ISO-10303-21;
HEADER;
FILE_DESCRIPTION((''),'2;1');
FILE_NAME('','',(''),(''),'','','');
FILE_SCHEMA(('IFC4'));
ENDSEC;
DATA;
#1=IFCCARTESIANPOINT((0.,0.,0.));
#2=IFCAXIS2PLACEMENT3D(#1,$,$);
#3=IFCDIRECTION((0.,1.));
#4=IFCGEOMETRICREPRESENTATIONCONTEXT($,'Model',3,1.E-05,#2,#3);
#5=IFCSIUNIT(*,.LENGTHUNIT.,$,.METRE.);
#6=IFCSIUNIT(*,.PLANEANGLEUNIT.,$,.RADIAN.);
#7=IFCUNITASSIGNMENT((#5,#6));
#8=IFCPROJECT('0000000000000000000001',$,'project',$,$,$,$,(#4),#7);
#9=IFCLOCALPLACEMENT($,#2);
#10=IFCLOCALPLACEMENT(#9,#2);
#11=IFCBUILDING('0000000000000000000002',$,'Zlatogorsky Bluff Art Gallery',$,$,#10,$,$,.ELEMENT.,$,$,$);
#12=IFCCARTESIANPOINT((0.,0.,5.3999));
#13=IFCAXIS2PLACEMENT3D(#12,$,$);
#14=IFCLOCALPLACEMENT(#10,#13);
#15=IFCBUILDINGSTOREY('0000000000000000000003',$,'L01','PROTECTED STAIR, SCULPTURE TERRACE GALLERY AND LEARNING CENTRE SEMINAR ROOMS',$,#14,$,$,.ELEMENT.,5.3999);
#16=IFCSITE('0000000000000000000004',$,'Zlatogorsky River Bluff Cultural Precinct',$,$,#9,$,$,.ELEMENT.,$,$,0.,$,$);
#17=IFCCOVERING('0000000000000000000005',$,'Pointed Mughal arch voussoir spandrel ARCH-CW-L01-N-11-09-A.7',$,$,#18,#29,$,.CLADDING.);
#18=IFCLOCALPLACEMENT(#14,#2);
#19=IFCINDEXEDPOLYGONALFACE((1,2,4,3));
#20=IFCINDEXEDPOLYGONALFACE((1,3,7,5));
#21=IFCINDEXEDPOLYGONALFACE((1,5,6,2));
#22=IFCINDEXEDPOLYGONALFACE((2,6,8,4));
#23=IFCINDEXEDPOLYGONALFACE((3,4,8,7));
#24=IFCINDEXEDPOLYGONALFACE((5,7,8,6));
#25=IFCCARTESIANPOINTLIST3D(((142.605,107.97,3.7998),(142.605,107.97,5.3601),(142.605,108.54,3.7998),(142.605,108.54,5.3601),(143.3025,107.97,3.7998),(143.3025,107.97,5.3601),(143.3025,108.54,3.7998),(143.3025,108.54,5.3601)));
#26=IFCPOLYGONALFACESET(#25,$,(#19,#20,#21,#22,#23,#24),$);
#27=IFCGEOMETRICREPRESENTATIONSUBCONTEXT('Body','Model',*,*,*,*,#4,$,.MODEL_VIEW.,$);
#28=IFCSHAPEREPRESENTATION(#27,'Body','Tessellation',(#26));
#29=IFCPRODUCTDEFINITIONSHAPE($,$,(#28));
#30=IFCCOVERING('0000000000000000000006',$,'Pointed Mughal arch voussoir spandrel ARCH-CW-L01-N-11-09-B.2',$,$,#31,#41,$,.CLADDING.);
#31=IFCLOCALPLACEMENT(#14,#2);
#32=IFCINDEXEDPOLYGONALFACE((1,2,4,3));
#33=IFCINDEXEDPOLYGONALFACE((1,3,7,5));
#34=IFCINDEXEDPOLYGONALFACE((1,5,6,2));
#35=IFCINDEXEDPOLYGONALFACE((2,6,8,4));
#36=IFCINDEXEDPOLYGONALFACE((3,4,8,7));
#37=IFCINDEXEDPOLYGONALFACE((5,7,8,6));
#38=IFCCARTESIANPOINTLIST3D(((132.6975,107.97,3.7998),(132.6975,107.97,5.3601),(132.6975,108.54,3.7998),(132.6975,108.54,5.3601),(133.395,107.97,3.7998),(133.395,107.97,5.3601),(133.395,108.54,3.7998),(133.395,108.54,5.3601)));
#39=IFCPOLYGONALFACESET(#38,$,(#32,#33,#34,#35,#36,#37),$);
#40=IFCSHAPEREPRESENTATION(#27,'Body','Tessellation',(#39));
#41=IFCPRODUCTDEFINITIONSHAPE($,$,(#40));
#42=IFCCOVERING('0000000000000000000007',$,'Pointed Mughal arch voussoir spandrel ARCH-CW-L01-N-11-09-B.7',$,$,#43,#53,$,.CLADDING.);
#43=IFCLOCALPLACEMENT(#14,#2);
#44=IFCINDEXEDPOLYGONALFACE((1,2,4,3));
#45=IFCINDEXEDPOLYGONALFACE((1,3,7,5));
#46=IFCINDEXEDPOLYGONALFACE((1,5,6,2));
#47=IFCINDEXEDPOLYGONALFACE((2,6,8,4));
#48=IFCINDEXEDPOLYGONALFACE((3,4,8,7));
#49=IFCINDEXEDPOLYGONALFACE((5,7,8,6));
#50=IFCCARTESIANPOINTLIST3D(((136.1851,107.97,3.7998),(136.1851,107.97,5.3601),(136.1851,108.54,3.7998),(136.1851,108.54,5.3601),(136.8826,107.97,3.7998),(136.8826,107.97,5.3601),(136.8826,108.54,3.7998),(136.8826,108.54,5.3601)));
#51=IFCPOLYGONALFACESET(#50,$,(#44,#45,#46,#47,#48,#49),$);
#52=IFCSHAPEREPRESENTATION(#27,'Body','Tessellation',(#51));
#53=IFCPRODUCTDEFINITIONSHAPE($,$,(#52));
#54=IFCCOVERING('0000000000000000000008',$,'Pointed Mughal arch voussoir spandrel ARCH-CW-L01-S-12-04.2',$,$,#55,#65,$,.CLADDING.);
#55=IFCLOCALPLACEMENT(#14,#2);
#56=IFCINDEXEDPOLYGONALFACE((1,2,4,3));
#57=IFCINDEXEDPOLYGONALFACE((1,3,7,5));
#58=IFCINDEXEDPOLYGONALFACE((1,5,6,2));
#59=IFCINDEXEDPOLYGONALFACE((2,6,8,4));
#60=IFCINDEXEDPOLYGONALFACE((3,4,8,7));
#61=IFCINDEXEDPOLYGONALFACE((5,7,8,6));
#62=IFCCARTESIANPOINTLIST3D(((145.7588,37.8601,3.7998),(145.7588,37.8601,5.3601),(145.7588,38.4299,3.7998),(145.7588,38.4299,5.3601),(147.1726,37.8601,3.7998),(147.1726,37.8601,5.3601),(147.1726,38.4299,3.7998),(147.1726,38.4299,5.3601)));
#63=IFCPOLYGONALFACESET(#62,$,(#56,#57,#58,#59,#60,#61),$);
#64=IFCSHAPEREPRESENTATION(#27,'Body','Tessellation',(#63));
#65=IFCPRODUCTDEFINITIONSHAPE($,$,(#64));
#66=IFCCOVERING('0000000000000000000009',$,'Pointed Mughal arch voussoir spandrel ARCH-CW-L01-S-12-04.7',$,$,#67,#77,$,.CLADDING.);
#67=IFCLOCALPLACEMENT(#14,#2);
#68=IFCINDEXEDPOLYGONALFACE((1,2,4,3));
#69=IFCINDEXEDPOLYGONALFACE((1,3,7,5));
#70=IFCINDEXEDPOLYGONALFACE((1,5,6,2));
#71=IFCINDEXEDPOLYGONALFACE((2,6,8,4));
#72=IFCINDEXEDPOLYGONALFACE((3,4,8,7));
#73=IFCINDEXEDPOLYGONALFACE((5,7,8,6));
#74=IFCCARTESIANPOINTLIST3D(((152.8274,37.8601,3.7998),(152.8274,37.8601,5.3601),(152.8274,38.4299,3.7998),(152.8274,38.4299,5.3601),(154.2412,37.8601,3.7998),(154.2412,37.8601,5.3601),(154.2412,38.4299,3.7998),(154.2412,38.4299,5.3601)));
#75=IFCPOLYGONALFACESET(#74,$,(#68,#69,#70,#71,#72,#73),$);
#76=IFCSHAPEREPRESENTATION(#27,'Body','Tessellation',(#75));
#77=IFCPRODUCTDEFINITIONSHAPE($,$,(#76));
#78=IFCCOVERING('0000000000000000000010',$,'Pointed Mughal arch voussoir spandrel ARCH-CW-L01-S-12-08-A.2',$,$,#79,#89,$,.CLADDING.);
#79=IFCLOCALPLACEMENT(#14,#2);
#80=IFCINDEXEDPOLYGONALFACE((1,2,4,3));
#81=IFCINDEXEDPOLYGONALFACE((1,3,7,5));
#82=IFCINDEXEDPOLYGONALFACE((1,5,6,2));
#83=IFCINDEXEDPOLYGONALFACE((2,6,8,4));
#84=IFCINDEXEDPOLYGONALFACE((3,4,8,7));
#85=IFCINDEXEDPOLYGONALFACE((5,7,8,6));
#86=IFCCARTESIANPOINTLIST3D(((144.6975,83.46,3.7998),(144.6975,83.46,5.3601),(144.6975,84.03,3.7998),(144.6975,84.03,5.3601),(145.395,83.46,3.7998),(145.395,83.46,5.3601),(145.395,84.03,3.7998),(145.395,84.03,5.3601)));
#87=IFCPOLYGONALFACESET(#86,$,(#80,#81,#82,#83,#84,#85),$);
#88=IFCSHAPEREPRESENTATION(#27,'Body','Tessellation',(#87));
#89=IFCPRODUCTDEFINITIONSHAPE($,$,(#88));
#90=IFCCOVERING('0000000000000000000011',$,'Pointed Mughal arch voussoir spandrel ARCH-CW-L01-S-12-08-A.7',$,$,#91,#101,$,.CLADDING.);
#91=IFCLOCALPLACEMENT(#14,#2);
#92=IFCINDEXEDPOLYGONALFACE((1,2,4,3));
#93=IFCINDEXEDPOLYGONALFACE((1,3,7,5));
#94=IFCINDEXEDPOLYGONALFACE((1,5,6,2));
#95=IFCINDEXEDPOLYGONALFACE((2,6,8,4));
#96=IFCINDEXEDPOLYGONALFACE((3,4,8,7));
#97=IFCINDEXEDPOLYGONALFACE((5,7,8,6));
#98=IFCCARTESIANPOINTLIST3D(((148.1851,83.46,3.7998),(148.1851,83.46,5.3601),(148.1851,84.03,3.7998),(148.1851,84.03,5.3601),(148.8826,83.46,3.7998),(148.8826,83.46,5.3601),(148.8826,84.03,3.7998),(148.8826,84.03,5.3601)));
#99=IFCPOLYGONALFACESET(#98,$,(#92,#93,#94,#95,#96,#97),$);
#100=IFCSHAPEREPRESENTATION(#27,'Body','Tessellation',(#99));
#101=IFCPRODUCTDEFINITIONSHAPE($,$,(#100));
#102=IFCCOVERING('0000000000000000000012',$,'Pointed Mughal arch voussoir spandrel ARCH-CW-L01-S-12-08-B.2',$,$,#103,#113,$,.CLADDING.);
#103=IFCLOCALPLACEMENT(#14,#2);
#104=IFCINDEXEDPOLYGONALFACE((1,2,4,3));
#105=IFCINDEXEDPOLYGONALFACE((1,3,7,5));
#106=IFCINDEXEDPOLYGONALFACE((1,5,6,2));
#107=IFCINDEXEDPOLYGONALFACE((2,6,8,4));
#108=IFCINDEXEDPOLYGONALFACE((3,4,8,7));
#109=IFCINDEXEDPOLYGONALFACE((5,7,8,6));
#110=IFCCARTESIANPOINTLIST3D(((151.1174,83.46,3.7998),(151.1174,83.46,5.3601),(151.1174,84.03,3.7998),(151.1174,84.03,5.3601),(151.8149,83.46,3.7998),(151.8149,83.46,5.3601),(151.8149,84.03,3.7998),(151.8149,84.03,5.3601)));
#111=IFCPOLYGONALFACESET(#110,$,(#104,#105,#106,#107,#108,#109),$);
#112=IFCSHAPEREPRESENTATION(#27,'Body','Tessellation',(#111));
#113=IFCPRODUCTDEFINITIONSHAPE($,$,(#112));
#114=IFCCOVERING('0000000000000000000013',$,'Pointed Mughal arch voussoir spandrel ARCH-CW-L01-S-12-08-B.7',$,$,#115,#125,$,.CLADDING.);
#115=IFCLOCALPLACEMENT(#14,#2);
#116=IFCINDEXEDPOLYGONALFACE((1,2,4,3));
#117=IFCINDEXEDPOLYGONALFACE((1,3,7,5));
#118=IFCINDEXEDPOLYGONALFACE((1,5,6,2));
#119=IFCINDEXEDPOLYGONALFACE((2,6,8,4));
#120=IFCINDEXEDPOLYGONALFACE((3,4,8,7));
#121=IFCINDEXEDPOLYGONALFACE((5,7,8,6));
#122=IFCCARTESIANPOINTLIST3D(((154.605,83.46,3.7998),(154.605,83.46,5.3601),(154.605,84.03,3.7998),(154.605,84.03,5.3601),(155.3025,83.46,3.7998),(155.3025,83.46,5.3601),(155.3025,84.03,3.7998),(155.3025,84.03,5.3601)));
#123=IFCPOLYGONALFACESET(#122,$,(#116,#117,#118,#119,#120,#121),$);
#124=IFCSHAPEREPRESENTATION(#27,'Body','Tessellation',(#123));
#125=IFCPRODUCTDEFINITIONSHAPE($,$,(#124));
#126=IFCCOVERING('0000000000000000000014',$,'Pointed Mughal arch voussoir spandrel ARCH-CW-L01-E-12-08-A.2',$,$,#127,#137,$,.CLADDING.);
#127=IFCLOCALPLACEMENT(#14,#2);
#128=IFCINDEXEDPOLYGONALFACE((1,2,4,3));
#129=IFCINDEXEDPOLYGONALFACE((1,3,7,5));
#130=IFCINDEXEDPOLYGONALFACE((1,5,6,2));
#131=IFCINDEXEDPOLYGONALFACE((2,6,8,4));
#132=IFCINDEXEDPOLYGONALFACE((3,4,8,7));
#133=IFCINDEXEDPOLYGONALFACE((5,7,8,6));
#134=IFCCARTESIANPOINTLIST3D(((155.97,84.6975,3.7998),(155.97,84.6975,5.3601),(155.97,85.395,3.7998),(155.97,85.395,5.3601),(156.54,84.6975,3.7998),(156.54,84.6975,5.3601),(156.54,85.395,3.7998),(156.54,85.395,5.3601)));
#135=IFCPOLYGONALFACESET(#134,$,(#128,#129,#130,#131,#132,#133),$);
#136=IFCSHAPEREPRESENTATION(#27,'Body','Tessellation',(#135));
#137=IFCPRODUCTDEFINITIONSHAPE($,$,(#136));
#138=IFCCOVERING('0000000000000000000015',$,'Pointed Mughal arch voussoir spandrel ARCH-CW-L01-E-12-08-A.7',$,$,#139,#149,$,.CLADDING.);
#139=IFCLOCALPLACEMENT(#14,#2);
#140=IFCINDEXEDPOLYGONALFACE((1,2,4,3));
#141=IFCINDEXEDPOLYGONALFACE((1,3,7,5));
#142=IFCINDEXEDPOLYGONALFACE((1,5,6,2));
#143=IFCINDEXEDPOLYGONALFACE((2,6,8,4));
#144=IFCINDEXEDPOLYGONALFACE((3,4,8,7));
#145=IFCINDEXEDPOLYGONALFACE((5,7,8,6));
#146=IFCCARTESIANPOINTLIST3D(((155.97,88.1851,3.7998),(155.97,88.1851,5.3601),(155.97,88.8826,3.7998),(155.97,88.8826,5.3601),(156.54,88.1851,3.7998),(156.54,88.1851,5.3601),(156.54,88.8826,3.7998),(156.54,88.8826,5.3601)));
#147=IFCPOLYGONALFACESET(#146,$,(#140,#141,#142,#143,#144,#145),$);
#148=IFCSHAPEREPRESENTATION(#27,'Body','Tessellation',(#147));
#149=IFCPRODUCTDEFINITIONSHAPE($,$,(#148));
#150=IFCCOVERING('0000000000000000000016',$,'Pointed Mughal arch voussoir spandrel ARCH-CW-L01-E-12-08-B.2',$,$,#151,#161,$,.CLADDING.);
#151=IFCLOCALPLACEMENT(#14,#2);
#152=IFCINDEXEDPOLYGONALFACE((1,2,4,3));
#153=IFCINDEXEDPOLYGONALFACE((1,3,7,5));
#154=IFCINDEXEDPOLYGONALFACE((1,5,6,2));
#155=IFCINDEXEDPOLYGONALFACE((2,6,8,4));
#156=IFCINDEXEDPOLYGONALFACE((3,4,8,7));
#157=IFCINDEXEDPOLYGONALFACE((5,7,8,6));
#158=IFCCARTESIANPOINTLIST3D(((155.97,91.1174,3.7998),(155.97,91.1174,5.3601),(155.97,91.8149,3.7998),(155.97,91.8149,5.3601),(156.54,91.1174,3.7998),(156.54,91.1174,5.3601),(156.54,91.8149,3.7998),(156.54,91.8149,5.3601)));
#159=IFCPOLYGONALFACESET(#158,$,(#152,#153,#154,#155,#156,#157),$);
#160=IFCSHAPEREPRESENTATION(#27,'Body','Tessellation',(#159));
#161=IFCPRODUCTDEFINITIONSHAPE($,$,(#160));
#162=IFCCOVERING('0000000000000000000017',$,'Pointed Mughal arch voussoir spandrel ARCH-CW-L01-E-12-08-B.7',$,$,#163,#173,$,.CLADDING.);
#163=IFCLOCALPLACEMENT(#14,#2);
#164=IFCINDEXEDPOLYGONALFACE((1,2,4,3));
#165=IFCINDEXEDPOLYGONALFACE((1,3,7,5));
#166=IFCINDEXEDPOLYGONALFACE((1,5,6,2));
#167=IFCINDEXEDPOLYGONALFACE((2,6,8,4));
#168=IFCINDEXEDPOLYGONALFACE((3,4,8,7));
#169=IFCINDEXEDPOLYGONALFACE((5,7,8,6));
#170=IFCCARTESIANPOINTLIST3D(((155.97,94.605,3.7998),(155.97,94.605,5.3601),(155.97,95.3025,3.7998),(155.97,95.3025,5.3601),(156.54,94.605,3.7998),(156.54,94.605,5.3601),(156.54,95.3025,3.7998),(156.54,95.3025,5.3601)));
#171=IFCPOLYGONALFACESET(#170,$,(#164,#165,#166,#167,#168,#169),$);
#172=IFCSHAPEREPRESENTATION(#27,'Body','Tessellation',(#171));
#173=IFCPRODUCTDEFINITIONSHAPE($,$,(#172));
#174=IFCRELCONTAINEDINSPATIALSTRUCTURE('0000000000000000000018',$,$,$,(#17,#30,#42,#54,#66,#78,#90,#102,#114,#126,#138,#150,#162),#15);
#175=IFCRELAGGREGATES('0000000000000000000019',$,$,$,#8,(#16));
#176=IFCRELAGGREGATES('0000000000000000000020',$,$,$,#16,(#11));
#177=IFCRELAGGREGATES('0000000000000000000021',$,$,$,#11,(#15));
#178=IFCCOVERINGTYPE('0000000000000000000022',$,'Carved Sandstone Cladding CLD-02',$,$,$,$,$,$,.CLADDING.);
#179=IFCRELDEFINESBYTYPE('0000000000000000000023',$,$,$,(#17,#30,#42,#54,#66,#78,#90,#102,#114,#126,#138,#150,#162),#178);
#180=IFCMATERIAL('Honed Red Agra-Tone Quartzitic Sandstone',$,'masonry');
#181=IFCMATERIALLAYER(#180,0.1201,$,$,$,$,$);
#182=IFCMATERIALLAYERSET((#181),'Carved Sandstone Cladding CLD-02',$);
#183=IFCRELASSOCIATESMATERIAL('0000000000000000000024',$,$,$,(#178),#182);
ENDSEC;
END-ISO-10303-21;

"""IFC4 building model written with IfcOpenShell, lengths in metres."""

from ifc_helpers import new_model, si_unit, direction, frame, origin, place, context, subcontext, project, spatial, polyline, outline, extrude, material, layer, layer_set, type_object, element, save


model = new_model("IFC4")

# Units and contexts
model_context = context("Model", 3, precision=1e-05, world=origin(), true_north=direction((0.0, 1.0)))
body_context = subcontext(model_context, "Body", "Model", "MODEL_VIEW")
ifc_project = project(units=[si_unit("LENGTHUNIT", "METRE"), si_unit("PLANEANGLEUNIT", "RADIAN")], contexts=[model_context])

# Site, building, storey
site_placement = place(None, origin())
site = spatial("IfcSite", under=ifc_project, at=site_placement, Name="Zlatogorsky River Bluff Cultural Precinct", CompositionType="ELEMENT", RefElevation=0.0)
building_placement = place(site_placement, origin())
building = spatial("IfcBuilding", under=site, at=building_placement, Name="Zlatogorsky Bluff Art Gallery", CompositionType="ELEMENT")
storey_placement = place(building_placement, frame((0.0, 0.0, 5.3999)))
storey = spatial("IfcBuildingStorey", under=building, at=storey_placement, Name="L01", Description="PROTECTED STAIR, SCULPTURE TERRACE GALLERY AND LEARNING CENTRE SEMINAR ROOMS", CompositionType="ELEMENT", Elevation=5.3999)

# Coverings
ifc_material = material(Name="Honed Red Agra-Tone Quartzitic Sandstone", Category="masonry")
ifc_layer = layer(ifc_material, 0.1201)
ifc_layer_set = layer_set([ifc_layer], Name="Carved Sandstone Cladding CLD-02")
covering_type = type_object("IfcCoveringType", Name="Carved Sandstone Cladding CLD-02", PredefinedType="CLADDING", material=ifc_layer_set)
covering_1_placement = place(storey_placement, frame((0.0, 0.0, 3.7998)))
element("IfcCovering", 1, at=covering_1_placement, inside=storey, type_object=covering_type, Name="Pointed Mughal arch voussoir spandrel ARCH-CW-L01-N-11-09-A.7", PredefinedType="CLADDING", context=body_context, shape_type="SweptSolid", body=[
    extrude(outline(polyline([(142.605, 107.97), (143.3025, 107.97), (143.3025, 108.54), (142.605, 108.54), (142.605, 107.97)])), origin(), (0.0, 0.0, 1.0), 1.5603),
])
covering_2_placement = place(storey_placement, frame((0.0, 0.0, 3.7998)))
element("IfcCovering", 2, at=covering_2_placement, inside=storey, type_object=covering_type, Name="Pointed Mughal arch voussoir spandrel ARCH-CW-L01-N-11-09-B.2", PredefinedType="CLADDING", context=body_context, shape_type="SweptSolid", body=[
    extrude(outline(polyline([(132.6975, 107.97), (133.395, 107.97), (133.395, 108.54), (132.6975, 108.54), (132.6975, 107.97)])), origin(), (0.0, 0.0, 1.0), 1.5603),
])
covering_3_placement = place(storey_placement, frame((0.0, 0.0, 3.7998)))
element("IfcCovering", 3, at=covering_3_placement, inside=storey, type_object=covering_type, Name="Pointed Mughal arch voussoir spandrel ARCH-CW-L01-N-11-09-B.7", PredefinedType="CLADDING", context=body_context, shape_type="SweptSolid", body=[
    extrude(outline(polyline([(136.1851, 107.97), (136.8826, 107.97), (136.8826, 108.54), (136.1851, 108.54), (136.1851, 107.97)])), origin(), (0.0, 0.0, 1.0), 1.5603),
])
covering_4_placement = place(storey_placement, frame((0.0, 0.0, 3.7998)))
element("IfcCovering", 4, at=covering_4_placement, inside=storey, type_object=covering_type, Name="Pointed Mughal arch voussoir spandrel ARCH-CW-L01-S-12-04.2", PredefinedType="CLADDING", context=body_context, shape_type="SweptSolid", body=[
    extrude(outline(polyline([(145.7588, 37.8601), (147.1726, 37.8601), (147.1726, 38.4299), (145.7588, 38.4299), (145.7588, 37.8601)])), origin(), (0.0, 0.0, 1.0), 1.5603),
])
covering_5_placement = place(storey_placement, frame((0.0, 0.0, 3.7998)))
element("IfcCovering", 5, at=covering_5_placement, inside=storey, type_object=covering_type, Name="Pointed Mughal arch voussoir spandrel ARCH-CW-L01-S-12-04.7", PredefinedType="CLADDING", context=body_context, shape_type="SweptSolid", body=[
    extrude(outline(polyline([(152.8274, 37.8601), (154.2412, 37.8601), (154.2412, 38.4299), (152.8274, 38.4299), (152.8274, 37.8601)])), origin(), (0.0, 0.0, 1.0), 1.5603),
])
covering_6_placement = place(storey_placement, frame((0.0, 0.0, 3.7998)))
element("IfcCovering", 6, at=covering_6_placement, inside=storey, type_object=covering_type, Name="Pointed Mughal arch voussoir spandrel ARCH-CW-L01-S-12-08-A.2", PredefinedType="CLADDING", context=body_context, shape_type="SweptSolid", body=[
    extrude(outline(polyline([(144.6975, 83.46), (145.395, 83.46), (145.395, 84.03), (144.6975, 84.03), (144.6975, 83.46)])), origin(), (0.0, 0.0, 1.0), 1.5603),
])
covering_7_placement = place(storey_placement, frame((0.0, 0.0, 3.7998)))
element("IfcCovering", 7, at=covering_7_placement, inside=storey, type_object=covering_type, Name="Pointed Mughal arch voussoir spandrel ARCH-CW-L01-S-12-08-A.7", PredefinedType="CLADDING", context=body_context, shape_type="SweptSolid", body=[
    extrude(outline(polyline([(148.1851, 83.46), (148.8826, 83.46), (148.8826, 84.03), (148.1851, 84.03), (148.1851, 83.46)])), origin(), (0.0, 0.0, 1.0), 1.5603),
])
covering_8_placement = place(storey_placement, frame((0.0, 0.0, 3.7998)))
element("IfcCovering", 8, at=covering_8_placement, inside=storey, type_object=covering_type, Name="Pointed Mughal arch voussoir spandrel ARCH-CW-L01-S-12-08-B.2", PredefinedType="CLADDING", context=body_context, shape_type="SweptSolid", body=[
    extrude(outline(polyline([(151.1174, 83.46), (151.8149, 83.46), (151.8149, 84.03), (151.1174, 84.03), (151.1174, 83.46)])), origin(), (0.0, 0.0, 1.0), 1.5603),
])
covering_9_placement = place(storey_placement, frame((0.0, 0.0, 3.7998)))
element("IfcCovering", 9, at=covering_9_placement, inside=storey, type_object=covering_type, Name="Pointed Mughal arch voussoir spandrel ARCH-CW-L01-S-12-08-B.7", PredefinedType="CLADDING", context=body_context, shape_type="SweptSolid", body=[
    extrude(outline(polyline([(154.605, 83.46), (155.3025, 83.46), (155.3025, 84.03), (154.605, 84.03), (154.605, 83.46)])), origin(), (0.0, 0.0, 1.0), 1.5603),
])
covering_10_placement = place(storey_placement, frame((0.0, 0.0, 3.7998)))
element("IfcCovering", 10, at=covering_10_placement, inside=storey, type_object=covering_type, Name="Pointed Mughal arch voussoir spandrel ARCH-CW-L01-E-12-08-A.2", PredefinedType="CLADDING", context=body_context, shape_type="SweptSolid", body=[
    extrude(outline(polyline([(155.97, 84.6975), (155.97, 85.395), (156.54, 85.395), (156.54, 84.6975), (155.97, 84.6975)])), origin(), (0.0, 0.0, 1.0), 1.5603),
])
covering_11_placement = place(storey_placement, frame((0.0, 0.0, 3.7998)))
element("IfcCovering", 11, at=covering_11_placement, inside=storey, type_object=covering_type, Name="Pointed Mughal arch voussoir spandrel ARCH-CW-L01-E-12-08-A.7", PredefinedType="CLADDING", context=body_context, shape_type="SweptSolid", body=[
    extrude(outline(polyline([(155.97, 88.1851), (155.97, 88.8826), (156.54, 88.8826), (156.54, 88.1851), (155.97, 88.1851)])), origin(), (0.0, 0.0, 1.0), 1.5603),
])
covering_12_placement = place(storey_placement, frame((0.0, 0.0, 3.7998)))
element("IfcCovering", 12, at=covering_12_placement, inside=storey, type_object=covering_type, Name="Pointed Mughal arch voussoir spandrel ARCH-CW-L01-E-12-08-B.2", PredefinedType="CLADDING", context=body_context, shape_type="SweptSolid", body=[
    extrude(outline(polyline([(155.97, 91.1174), (155.97, 91.8149), (156.54, 91.8149), (156.54, 91.1174), (155.97, 91.1174)])), origin(), (0.0, 0.0, 1.0), 1.5603),
])
covering_13_placement = place(storey_placement, frame((0.0, 0.0, 3.7998)))
element("IfcCovering", 13, at=covering_13_placement, inside=storey, type_object=covering_type, Name="Pointed Mughal arch voussoir spandrel ARCH-CW-L01-E-12-08-B.7", PredefinedType="CLADDING", context=body_context, shape_type="SweptSolid", body=[
    extrude(outline(polyline([(155.97, 94.605), (155.97, 95.3025), (156.54, 95.3025), (156.54, 94.605), (155.97, 94.605)])), origin(), (0.0, 0.0, 1.0), 1.5603),
])

save(model, "model.ifc")
